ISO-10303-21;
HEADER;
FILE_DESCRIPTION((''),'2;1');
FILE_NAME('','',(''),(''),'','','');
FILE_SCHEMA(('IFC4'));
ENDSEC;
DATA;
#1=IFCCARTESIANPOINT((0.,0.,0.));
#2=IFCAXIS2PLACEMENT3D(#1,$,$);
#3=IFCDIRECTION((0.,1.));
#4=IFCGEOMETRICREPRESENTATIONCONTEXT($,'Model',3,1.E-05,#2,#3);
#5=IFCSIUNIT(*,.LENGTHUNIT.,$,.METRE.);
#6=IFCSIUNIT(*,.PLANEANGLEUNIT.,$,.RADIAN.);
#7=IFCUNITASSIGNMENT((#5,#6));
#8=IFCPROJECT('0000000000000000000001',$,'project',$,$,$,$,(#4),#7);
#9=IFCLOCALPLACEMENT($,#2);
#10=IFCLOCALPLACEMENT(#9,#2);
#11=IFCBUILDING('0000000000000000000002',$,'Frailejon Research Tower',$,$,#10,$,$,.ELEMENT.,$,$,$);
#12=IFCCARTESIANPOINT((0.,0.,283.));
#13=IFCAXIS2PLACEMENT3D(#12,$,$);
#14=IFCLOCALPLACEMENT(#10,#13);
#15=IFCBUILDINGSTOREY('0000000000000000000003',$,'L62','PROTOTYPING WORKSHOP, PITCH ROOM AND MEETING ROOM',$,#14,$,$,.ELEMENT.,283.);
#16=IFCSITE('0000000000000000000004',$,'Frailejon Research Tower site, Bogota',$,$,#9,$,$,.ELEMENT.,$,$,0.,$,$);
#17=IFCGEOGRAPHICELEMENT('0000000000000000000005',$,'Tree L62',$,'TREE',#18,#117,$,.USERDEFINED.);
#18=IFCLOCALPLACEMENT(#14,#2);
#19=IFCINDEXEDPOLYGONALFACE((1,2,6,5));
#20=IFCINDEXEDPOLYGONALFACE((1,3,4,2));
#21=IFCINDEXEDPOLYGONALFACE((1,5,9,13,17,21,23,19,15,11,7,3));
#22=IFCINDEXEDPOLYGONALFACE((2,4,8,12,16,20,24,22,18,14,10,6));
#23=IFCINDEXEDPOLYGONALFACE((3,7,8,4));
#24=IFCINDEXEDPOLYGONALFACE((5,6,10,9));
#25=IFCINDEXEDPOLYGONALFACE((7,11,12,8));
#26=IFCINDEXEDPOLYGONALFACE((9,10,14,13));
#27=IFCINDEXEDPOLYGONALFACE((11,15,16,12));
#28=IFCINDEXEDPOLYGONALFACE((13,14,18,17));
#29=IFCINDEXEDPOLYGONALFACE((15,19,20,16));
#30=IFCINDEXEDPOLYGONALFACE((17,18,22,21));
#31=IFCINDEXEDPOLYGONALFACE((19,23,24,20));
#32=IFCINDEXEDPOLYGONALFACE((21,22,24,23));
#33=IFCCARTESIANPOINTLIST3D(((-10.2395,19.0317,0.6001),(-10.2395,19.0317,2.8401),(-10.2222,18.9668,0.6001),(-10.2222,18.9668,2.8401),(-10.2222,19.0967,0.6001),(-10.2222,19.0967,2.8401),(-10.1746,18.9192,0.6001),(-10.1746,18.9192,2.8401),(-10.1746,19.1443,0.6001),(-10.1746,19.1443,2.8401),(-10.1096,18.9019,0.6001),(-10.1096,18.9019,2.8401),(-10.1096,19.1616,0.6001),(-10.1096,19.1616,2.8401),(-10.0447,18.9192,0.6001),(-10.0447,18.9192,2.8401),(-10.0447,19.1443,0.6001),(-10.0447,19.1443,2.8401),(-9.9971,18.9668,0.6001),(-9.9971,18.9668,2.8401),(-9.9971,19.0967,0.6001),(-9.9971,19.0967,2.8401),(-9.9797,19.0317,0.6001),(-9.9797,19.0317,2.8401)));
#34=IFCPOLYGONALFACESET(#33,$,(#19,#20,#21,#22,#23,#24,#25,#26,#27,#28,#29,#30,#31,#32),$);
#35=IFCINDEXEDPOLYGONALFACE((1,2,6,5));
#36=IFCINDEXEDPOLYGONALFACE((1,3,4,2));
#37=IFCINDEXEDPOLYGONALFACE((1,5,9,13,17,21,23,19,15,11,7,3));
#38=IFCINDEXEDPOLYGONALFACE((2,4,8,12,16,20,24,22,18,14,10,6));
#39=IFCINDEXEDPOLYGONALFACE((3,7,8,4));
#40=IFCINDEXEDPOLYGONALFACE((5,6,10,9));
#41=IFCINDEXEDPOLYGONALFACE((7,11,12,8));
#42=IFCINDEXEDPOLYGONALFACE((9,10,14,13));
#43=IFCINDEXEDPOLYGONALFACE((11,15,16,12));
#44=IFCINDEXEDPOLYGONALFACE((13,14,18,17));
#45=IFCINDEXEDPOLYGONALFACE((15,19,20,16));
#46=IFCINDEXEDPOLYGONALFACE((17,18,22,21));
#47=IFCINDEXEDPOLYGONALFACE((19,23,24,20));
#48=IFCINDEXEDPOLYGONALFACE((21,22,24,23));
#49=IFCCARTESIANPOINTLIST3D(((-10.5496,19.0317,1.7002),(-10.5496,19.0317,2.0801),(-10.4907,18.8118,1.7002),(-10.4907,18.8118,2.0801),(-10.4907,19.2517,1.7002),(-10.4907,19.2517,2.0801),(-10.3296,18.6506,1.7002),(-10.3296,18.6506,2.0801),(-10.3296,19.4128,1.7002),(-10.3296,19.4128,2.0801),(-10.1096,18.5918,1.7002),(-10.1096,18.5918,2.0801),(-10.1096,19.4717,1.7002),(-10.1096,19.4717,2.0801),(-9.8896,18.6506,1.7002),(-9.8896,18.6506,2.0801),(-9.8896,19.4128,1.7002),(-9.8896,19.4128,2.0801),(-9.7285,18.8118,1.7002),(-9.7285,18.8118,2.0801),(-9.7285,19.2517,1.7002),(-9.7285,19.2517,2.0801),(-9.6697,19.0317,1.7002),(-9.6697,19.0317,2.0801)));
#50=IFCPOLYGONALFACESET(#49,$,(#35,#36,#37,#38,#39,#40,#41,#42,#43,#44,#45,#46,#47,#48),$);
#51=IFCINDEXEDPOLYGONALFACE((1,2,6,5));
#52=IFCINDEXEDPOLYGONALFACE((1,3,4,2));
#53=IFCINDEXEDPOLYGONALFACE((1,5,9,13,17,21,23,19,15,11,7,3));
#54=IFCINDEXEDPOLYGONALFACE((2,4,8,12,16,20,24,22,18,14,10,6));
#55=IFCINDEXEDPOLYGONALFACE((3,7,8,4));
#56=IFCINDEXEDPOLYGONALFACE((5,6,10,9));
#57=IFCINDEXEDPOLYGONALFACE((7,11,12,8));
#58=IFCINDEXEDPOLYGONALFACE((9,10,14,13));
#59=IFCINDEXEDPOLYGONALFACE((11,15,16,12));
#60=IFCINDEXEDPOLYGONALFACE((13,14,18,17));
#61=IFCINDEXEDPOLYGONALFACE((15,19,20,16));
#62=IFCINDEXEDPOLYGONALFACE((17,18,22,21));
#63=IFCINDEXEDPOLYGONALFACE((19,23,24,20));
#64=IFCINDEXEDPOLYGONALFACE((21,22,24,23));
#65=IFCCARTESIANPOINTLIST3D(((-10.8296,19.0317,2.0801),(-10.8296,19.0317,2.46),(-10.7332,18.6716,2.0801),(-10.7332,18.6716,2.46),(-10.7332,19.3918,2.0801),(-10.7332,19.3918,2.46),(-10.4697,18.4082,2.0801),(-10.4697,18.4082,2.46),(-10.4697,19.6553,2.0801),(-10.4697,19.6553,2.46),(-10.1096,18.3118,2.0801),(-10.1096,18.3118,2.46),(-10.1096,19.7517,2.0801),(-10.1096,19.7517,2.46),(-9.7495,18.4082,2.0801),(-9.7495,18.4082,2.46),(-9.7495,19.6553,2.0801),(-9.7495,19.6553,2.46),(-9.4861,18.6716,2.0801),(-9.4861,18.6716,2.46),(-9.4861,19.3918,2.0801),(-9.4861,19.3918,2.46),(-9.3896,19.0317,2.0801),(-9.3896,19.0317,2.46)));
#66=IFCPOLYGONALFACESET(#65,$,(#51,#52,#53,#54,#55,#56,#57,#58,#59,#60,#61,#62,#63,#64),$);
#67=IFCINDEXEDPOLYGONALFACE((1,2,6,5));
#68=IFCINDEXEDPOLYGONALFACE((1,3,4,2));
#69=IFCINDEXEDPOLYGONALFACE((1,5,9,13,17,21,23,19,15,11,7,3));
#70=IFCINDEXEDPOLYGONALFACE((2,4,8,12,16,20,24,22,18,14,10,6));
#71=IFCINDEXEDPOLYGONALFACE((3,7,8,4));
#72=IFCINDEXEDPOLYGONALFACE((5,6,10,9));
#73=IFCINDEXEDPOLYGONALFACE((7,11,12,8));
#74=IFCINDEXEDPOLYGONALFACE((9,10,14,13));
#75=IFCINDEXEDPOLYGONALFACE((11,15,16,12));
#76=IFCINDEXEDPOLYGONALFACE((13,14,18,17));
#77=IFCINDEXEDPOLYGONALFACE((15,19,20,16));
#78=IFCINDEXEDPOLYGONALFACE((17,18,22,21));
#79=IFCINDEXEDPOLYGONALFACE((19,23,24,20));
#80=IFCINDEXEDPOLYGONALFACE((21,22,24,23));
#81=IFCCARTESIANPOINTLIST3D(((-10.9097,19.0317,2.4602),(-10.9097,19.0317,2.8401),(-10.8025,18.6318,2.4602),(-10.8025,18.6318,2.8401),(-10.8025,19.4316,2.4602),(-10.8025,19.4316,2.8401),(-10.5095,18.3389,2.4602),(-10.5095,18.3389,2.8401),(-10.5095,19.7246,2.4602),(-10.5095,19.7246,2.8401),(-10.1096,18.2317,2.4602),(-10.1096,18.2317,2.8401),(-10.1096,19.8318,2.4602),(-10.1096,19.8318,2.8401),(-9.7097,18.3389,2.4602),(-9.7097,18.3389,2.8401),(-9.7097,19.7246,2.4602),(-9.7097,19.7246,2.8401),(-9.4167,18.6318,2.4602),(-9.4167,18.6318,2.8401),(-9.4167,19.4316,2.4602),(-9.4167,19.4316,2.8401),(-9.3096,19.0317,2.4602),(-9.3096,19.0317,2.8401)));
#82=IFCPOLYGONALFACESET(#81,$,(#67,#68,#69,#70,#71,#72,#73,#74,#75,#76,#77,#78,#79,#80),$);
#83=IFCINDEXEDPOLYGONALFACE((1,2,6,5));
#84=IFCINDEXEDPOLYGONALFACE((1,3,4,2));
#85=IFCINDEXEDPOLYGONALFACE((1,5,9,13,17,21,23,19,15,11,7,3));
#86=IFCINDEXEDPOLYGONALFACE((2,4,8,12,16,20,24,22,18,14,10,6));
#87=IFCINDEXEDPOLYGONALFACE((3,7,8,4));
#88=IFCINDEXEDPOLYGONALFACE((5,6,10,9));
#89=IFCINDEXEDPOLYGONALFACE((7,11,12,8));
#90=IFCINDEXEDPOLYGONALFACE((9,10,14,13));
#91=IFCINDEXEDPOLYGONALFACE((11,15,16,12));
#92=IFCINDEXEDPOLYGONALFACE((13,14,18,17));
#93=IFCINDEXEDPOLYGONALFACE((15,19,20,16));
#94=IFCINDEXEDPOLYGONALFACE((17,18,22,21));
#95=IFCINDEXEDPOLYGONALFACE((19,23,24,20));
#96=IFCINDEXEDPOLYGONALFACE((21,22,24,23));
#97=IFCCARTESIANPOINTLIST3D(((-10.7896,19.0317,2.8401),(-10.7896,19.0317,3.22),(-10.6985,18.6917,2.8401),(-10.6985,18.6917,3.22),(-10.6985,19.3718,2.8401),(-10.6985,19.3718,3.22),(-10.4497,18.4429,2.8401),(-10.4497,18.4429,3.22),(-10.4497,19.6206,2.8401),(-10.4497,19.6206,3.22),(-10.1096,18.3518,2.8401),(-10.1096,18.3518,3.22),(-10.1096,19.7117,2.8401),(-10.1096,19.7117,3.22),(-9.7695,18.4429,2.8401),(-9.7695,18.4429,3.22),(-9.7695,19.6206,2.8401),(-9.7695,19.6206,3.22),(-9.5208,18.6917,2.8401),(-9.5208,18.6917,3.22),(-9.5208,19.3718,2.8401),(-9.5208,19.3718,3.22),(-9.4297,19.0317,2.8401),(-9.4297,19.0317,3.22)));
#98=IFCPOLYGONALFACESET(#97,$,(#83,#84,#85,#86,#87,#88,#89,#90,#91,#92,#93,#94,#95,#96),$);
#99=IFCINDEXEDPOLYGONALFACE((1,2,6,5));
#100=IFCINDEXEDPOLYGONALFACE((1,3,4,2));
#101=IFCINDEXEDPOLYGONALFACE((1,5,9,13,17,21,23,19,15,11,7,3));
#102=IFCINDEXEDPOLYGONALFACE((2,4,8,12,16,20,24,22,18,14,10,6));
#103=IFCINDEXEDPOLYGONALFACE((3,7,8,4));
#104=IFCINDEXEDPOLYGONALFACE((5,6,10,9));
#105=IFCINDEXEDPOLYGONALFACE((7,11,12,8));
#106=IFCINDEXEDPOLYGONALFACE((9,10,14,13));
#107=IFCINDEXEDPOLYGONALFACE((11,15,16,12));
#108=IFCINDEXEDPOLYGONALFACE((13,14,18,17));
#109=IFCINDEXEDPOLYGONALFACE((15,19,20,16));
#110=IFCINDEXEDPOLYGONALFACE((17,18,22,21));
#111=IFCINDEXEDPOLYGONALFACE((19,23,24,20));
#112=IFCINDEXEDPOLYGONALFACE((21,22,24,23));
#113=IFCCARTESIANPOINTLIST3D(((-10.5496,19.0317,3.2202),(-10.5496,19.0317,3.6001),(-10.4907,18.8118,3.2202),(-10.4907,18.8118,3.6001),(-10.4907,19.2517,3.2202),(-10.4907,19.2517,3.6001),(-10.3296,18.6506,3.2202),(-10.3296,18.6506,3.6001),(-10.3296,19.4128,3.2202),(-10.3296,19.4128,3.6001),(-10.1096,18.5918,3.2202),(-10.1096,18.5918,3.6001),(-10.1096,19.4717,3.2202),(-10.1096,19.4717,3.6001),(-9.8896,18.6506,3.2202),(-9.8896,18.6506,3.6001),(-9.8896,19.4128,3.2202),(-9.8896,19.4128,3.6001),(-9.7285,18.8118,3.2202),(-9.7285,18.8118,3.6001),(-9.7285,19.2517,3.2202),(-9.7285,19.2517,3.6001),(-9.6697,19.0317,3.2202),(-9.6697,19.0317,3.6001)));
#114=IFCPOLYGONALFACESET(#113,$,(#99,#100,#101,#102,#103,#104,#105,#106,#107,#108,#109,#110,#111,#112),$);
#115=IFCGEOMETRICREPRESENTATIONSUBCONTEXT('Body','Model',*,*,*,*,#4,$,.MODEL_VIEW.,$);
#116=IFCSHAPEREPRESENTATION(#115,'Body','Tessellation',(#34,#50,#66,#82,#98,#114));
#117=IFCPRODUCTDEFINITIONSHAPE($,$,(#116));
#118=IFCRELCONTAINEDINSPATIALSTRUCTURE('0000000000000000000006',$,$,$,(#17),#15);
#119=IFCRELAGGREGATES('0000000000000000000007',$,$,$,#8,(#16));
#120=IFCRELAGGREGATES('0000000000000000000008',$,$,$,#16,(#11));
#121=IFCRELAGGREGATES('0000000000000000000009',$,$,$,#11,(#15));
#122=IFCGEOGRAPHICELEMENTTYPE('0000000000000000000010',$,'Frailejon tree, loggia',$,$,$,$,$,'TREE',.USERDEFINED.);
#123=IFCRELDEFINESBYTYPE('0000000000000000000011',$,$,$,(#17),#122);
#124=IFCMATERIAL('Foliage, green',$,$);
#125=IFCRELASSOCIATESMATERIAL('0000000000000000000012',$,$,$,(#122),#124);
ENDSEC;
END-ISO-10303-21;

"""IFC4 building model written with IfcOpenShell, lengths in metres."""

from ifc_helpers import new_model, si_unit, direction, frame, origin, place, context, subcontext, project, spatial, polyline, outline, extrude, material, type_object, element, save


model = new_model("IFC4")

# Units and contexts
model_context = context("Model", 3, precision=1e-05, world=origin(), true_north=direction((0.0, 1.0)))
body_context = subcontext(model_context, "Body", "Model", "MODEL_VIEW")
ifc_project = project(units=[si_unit("LENGTHUNIT", "METRE"), si_unit("PLANEANGLEUNIT", "RADIAN")], contexts=[model_context])

# Site, building, storey
site_placement = place(None, origin())
site = spatial("IfcSite", under=ifc_project, at=site_placement, Name="Frailejon Research Tower site, Bogota", CompositionType="ELEMENT", RefElevation=0.0)
building_placement = place(site_placement, origin())
building = spatial("IfcBuilding", under=site, at=building_placement, Name="Frailejon Research Tower", CompositionType="ELEMENT")
storey_placement = place(building_placement, frame((0.0, 0.0, 283.0)))
storey = spatial("IfcBuildingStorey", under=building, at=storey_placement, Name="L62", Description="PROTOTYPING WORKSHOP, PITCH ROOM AND MEETING ROOM", CompositionType="ELEMENT", Elevation=283.0)

# Geographic element
ifc_material_1 = material(Name="Foliage, green")
geographic_element_type = type_object("IfcGeographicElementType", Name="Frailejon tree, loggia", ElementType="TREE", PredefinedType="USERDEFINED", material=ifc_material_1)
geographic_element_placement = place(storey_placement, frame((-10.1096, 19.0317, 0.6001)))
element("IfcGeographicElement", 1, at=geographic_element_placement, inside=storey, type_object=geographic_element_type, Name="Tree L62", ObjectType="TREE", PredefinedType="USERDEFINED", context=body_context, shape_type="SweptSolid", body=[
    extrude(outline(polyline([(0.1299, 0.0), (0.1125, 0.0649), (0.0649, 0.1125), (0.0, 0.1299), (-0.0649, 0.1125), (-0.1125, 0.0649), (-0.1299, 0.0), (-0.1125, -0.0649), (-0.0649, -0.1125), (0.0, -0.1299), (0.0649, -0.1125), (0.1125, -0.0649), (0.1299, 0.0)])), origin(), (0.0, 0.0, 1.0), 2.24),
    extrude(outline(polyline([(0.4399, 0.0), (0.3811, 0.22), (0.22, 0.3811), (0.0, 0.4399), (-0.22, 0.3811), (-0.3811, 0.22), (-0.4399, 0.0), (-0.3811, -0.22), (-0.22, -0.3811), (0.0, -0.4399), (0.22, -0.3811), (0.3811, -0.22), (0.4399, 0.0)])), frame((0.0, 0.0, 1.1001)), (0.0, 0.0, 1.0), 0.3799),
    extrude(outline(polyline([(0.72, 0.0), (0.6235, 0.3601), (0.3601, 0.6235), (0.0, 0.72), (-0.3601, 0.6235), (-0.6235, 0.3601), (-0.72, 0.0), (-0.6235, -0.3601), (-0.3601, -0.6235), (0.0, -0.72), (0.3601, -0.6235), (0.6235, -0.3601), (0.72, 0.0)])), frame((0.0, 0.0, 1.48)), (0.0, 0.0, 1.0), 0.3799),
    extrude(outline(polyline([(0.8, 0.0), (0.6929, 0.3999), (0.3999, 0.6929), (0.0, 0.8), (-0.3999, 0.6929), (-0.6929, 0.3999), (-0.8, 0.0), (-0.6929, -0.3999), (-0.3999, -0.6929), (0.0, -0.8), (0.3999, -0.6929), (0.6929, -0.3999), (0.8, 0.0)])), frame((0.0, 0.0, 1.8601)), (0.0, 0.0, 1.0), 0.3799),
    extrude(outline(polyline([(0.6799, 0.0), (0.5889, 0.3401), (0.3401, 0.5889), (0.0, 0.6799), (-0.3401, 0.5889), (-0.5889, 0.3401), (-0.6799, 0.0), (-0.5889, -0.3401), (-0.3401, -0.5889), (0.0, -0.6799), (0.3401, -0.5889), (0.5889, -0.3401), (0.6799, 0.0)])), frame((0.0, 0.0, 2.24)), (0.0, 0.0, 1.0), 0.3799),
    extrude(outline(polyline([(0.4399, 0.0), (0.3811, 0.22), (0.22, 0.3811), (0.0, 0.4399), (-0.22, 0.3811), (-0.3811, 0.22), (-0.4399, 0.0), (-0.3811, -0.22), (-0.22, -0.3811), (0.0, -0.4399), (0.22, -0.3811), (0.3811, -0.22), (0.4399, 0.0)])), frame((0.0, 0.0, 2.6201)), (0.0, 0.0, 1.0), 0.3799),
])

save(model, "model.ifc")
